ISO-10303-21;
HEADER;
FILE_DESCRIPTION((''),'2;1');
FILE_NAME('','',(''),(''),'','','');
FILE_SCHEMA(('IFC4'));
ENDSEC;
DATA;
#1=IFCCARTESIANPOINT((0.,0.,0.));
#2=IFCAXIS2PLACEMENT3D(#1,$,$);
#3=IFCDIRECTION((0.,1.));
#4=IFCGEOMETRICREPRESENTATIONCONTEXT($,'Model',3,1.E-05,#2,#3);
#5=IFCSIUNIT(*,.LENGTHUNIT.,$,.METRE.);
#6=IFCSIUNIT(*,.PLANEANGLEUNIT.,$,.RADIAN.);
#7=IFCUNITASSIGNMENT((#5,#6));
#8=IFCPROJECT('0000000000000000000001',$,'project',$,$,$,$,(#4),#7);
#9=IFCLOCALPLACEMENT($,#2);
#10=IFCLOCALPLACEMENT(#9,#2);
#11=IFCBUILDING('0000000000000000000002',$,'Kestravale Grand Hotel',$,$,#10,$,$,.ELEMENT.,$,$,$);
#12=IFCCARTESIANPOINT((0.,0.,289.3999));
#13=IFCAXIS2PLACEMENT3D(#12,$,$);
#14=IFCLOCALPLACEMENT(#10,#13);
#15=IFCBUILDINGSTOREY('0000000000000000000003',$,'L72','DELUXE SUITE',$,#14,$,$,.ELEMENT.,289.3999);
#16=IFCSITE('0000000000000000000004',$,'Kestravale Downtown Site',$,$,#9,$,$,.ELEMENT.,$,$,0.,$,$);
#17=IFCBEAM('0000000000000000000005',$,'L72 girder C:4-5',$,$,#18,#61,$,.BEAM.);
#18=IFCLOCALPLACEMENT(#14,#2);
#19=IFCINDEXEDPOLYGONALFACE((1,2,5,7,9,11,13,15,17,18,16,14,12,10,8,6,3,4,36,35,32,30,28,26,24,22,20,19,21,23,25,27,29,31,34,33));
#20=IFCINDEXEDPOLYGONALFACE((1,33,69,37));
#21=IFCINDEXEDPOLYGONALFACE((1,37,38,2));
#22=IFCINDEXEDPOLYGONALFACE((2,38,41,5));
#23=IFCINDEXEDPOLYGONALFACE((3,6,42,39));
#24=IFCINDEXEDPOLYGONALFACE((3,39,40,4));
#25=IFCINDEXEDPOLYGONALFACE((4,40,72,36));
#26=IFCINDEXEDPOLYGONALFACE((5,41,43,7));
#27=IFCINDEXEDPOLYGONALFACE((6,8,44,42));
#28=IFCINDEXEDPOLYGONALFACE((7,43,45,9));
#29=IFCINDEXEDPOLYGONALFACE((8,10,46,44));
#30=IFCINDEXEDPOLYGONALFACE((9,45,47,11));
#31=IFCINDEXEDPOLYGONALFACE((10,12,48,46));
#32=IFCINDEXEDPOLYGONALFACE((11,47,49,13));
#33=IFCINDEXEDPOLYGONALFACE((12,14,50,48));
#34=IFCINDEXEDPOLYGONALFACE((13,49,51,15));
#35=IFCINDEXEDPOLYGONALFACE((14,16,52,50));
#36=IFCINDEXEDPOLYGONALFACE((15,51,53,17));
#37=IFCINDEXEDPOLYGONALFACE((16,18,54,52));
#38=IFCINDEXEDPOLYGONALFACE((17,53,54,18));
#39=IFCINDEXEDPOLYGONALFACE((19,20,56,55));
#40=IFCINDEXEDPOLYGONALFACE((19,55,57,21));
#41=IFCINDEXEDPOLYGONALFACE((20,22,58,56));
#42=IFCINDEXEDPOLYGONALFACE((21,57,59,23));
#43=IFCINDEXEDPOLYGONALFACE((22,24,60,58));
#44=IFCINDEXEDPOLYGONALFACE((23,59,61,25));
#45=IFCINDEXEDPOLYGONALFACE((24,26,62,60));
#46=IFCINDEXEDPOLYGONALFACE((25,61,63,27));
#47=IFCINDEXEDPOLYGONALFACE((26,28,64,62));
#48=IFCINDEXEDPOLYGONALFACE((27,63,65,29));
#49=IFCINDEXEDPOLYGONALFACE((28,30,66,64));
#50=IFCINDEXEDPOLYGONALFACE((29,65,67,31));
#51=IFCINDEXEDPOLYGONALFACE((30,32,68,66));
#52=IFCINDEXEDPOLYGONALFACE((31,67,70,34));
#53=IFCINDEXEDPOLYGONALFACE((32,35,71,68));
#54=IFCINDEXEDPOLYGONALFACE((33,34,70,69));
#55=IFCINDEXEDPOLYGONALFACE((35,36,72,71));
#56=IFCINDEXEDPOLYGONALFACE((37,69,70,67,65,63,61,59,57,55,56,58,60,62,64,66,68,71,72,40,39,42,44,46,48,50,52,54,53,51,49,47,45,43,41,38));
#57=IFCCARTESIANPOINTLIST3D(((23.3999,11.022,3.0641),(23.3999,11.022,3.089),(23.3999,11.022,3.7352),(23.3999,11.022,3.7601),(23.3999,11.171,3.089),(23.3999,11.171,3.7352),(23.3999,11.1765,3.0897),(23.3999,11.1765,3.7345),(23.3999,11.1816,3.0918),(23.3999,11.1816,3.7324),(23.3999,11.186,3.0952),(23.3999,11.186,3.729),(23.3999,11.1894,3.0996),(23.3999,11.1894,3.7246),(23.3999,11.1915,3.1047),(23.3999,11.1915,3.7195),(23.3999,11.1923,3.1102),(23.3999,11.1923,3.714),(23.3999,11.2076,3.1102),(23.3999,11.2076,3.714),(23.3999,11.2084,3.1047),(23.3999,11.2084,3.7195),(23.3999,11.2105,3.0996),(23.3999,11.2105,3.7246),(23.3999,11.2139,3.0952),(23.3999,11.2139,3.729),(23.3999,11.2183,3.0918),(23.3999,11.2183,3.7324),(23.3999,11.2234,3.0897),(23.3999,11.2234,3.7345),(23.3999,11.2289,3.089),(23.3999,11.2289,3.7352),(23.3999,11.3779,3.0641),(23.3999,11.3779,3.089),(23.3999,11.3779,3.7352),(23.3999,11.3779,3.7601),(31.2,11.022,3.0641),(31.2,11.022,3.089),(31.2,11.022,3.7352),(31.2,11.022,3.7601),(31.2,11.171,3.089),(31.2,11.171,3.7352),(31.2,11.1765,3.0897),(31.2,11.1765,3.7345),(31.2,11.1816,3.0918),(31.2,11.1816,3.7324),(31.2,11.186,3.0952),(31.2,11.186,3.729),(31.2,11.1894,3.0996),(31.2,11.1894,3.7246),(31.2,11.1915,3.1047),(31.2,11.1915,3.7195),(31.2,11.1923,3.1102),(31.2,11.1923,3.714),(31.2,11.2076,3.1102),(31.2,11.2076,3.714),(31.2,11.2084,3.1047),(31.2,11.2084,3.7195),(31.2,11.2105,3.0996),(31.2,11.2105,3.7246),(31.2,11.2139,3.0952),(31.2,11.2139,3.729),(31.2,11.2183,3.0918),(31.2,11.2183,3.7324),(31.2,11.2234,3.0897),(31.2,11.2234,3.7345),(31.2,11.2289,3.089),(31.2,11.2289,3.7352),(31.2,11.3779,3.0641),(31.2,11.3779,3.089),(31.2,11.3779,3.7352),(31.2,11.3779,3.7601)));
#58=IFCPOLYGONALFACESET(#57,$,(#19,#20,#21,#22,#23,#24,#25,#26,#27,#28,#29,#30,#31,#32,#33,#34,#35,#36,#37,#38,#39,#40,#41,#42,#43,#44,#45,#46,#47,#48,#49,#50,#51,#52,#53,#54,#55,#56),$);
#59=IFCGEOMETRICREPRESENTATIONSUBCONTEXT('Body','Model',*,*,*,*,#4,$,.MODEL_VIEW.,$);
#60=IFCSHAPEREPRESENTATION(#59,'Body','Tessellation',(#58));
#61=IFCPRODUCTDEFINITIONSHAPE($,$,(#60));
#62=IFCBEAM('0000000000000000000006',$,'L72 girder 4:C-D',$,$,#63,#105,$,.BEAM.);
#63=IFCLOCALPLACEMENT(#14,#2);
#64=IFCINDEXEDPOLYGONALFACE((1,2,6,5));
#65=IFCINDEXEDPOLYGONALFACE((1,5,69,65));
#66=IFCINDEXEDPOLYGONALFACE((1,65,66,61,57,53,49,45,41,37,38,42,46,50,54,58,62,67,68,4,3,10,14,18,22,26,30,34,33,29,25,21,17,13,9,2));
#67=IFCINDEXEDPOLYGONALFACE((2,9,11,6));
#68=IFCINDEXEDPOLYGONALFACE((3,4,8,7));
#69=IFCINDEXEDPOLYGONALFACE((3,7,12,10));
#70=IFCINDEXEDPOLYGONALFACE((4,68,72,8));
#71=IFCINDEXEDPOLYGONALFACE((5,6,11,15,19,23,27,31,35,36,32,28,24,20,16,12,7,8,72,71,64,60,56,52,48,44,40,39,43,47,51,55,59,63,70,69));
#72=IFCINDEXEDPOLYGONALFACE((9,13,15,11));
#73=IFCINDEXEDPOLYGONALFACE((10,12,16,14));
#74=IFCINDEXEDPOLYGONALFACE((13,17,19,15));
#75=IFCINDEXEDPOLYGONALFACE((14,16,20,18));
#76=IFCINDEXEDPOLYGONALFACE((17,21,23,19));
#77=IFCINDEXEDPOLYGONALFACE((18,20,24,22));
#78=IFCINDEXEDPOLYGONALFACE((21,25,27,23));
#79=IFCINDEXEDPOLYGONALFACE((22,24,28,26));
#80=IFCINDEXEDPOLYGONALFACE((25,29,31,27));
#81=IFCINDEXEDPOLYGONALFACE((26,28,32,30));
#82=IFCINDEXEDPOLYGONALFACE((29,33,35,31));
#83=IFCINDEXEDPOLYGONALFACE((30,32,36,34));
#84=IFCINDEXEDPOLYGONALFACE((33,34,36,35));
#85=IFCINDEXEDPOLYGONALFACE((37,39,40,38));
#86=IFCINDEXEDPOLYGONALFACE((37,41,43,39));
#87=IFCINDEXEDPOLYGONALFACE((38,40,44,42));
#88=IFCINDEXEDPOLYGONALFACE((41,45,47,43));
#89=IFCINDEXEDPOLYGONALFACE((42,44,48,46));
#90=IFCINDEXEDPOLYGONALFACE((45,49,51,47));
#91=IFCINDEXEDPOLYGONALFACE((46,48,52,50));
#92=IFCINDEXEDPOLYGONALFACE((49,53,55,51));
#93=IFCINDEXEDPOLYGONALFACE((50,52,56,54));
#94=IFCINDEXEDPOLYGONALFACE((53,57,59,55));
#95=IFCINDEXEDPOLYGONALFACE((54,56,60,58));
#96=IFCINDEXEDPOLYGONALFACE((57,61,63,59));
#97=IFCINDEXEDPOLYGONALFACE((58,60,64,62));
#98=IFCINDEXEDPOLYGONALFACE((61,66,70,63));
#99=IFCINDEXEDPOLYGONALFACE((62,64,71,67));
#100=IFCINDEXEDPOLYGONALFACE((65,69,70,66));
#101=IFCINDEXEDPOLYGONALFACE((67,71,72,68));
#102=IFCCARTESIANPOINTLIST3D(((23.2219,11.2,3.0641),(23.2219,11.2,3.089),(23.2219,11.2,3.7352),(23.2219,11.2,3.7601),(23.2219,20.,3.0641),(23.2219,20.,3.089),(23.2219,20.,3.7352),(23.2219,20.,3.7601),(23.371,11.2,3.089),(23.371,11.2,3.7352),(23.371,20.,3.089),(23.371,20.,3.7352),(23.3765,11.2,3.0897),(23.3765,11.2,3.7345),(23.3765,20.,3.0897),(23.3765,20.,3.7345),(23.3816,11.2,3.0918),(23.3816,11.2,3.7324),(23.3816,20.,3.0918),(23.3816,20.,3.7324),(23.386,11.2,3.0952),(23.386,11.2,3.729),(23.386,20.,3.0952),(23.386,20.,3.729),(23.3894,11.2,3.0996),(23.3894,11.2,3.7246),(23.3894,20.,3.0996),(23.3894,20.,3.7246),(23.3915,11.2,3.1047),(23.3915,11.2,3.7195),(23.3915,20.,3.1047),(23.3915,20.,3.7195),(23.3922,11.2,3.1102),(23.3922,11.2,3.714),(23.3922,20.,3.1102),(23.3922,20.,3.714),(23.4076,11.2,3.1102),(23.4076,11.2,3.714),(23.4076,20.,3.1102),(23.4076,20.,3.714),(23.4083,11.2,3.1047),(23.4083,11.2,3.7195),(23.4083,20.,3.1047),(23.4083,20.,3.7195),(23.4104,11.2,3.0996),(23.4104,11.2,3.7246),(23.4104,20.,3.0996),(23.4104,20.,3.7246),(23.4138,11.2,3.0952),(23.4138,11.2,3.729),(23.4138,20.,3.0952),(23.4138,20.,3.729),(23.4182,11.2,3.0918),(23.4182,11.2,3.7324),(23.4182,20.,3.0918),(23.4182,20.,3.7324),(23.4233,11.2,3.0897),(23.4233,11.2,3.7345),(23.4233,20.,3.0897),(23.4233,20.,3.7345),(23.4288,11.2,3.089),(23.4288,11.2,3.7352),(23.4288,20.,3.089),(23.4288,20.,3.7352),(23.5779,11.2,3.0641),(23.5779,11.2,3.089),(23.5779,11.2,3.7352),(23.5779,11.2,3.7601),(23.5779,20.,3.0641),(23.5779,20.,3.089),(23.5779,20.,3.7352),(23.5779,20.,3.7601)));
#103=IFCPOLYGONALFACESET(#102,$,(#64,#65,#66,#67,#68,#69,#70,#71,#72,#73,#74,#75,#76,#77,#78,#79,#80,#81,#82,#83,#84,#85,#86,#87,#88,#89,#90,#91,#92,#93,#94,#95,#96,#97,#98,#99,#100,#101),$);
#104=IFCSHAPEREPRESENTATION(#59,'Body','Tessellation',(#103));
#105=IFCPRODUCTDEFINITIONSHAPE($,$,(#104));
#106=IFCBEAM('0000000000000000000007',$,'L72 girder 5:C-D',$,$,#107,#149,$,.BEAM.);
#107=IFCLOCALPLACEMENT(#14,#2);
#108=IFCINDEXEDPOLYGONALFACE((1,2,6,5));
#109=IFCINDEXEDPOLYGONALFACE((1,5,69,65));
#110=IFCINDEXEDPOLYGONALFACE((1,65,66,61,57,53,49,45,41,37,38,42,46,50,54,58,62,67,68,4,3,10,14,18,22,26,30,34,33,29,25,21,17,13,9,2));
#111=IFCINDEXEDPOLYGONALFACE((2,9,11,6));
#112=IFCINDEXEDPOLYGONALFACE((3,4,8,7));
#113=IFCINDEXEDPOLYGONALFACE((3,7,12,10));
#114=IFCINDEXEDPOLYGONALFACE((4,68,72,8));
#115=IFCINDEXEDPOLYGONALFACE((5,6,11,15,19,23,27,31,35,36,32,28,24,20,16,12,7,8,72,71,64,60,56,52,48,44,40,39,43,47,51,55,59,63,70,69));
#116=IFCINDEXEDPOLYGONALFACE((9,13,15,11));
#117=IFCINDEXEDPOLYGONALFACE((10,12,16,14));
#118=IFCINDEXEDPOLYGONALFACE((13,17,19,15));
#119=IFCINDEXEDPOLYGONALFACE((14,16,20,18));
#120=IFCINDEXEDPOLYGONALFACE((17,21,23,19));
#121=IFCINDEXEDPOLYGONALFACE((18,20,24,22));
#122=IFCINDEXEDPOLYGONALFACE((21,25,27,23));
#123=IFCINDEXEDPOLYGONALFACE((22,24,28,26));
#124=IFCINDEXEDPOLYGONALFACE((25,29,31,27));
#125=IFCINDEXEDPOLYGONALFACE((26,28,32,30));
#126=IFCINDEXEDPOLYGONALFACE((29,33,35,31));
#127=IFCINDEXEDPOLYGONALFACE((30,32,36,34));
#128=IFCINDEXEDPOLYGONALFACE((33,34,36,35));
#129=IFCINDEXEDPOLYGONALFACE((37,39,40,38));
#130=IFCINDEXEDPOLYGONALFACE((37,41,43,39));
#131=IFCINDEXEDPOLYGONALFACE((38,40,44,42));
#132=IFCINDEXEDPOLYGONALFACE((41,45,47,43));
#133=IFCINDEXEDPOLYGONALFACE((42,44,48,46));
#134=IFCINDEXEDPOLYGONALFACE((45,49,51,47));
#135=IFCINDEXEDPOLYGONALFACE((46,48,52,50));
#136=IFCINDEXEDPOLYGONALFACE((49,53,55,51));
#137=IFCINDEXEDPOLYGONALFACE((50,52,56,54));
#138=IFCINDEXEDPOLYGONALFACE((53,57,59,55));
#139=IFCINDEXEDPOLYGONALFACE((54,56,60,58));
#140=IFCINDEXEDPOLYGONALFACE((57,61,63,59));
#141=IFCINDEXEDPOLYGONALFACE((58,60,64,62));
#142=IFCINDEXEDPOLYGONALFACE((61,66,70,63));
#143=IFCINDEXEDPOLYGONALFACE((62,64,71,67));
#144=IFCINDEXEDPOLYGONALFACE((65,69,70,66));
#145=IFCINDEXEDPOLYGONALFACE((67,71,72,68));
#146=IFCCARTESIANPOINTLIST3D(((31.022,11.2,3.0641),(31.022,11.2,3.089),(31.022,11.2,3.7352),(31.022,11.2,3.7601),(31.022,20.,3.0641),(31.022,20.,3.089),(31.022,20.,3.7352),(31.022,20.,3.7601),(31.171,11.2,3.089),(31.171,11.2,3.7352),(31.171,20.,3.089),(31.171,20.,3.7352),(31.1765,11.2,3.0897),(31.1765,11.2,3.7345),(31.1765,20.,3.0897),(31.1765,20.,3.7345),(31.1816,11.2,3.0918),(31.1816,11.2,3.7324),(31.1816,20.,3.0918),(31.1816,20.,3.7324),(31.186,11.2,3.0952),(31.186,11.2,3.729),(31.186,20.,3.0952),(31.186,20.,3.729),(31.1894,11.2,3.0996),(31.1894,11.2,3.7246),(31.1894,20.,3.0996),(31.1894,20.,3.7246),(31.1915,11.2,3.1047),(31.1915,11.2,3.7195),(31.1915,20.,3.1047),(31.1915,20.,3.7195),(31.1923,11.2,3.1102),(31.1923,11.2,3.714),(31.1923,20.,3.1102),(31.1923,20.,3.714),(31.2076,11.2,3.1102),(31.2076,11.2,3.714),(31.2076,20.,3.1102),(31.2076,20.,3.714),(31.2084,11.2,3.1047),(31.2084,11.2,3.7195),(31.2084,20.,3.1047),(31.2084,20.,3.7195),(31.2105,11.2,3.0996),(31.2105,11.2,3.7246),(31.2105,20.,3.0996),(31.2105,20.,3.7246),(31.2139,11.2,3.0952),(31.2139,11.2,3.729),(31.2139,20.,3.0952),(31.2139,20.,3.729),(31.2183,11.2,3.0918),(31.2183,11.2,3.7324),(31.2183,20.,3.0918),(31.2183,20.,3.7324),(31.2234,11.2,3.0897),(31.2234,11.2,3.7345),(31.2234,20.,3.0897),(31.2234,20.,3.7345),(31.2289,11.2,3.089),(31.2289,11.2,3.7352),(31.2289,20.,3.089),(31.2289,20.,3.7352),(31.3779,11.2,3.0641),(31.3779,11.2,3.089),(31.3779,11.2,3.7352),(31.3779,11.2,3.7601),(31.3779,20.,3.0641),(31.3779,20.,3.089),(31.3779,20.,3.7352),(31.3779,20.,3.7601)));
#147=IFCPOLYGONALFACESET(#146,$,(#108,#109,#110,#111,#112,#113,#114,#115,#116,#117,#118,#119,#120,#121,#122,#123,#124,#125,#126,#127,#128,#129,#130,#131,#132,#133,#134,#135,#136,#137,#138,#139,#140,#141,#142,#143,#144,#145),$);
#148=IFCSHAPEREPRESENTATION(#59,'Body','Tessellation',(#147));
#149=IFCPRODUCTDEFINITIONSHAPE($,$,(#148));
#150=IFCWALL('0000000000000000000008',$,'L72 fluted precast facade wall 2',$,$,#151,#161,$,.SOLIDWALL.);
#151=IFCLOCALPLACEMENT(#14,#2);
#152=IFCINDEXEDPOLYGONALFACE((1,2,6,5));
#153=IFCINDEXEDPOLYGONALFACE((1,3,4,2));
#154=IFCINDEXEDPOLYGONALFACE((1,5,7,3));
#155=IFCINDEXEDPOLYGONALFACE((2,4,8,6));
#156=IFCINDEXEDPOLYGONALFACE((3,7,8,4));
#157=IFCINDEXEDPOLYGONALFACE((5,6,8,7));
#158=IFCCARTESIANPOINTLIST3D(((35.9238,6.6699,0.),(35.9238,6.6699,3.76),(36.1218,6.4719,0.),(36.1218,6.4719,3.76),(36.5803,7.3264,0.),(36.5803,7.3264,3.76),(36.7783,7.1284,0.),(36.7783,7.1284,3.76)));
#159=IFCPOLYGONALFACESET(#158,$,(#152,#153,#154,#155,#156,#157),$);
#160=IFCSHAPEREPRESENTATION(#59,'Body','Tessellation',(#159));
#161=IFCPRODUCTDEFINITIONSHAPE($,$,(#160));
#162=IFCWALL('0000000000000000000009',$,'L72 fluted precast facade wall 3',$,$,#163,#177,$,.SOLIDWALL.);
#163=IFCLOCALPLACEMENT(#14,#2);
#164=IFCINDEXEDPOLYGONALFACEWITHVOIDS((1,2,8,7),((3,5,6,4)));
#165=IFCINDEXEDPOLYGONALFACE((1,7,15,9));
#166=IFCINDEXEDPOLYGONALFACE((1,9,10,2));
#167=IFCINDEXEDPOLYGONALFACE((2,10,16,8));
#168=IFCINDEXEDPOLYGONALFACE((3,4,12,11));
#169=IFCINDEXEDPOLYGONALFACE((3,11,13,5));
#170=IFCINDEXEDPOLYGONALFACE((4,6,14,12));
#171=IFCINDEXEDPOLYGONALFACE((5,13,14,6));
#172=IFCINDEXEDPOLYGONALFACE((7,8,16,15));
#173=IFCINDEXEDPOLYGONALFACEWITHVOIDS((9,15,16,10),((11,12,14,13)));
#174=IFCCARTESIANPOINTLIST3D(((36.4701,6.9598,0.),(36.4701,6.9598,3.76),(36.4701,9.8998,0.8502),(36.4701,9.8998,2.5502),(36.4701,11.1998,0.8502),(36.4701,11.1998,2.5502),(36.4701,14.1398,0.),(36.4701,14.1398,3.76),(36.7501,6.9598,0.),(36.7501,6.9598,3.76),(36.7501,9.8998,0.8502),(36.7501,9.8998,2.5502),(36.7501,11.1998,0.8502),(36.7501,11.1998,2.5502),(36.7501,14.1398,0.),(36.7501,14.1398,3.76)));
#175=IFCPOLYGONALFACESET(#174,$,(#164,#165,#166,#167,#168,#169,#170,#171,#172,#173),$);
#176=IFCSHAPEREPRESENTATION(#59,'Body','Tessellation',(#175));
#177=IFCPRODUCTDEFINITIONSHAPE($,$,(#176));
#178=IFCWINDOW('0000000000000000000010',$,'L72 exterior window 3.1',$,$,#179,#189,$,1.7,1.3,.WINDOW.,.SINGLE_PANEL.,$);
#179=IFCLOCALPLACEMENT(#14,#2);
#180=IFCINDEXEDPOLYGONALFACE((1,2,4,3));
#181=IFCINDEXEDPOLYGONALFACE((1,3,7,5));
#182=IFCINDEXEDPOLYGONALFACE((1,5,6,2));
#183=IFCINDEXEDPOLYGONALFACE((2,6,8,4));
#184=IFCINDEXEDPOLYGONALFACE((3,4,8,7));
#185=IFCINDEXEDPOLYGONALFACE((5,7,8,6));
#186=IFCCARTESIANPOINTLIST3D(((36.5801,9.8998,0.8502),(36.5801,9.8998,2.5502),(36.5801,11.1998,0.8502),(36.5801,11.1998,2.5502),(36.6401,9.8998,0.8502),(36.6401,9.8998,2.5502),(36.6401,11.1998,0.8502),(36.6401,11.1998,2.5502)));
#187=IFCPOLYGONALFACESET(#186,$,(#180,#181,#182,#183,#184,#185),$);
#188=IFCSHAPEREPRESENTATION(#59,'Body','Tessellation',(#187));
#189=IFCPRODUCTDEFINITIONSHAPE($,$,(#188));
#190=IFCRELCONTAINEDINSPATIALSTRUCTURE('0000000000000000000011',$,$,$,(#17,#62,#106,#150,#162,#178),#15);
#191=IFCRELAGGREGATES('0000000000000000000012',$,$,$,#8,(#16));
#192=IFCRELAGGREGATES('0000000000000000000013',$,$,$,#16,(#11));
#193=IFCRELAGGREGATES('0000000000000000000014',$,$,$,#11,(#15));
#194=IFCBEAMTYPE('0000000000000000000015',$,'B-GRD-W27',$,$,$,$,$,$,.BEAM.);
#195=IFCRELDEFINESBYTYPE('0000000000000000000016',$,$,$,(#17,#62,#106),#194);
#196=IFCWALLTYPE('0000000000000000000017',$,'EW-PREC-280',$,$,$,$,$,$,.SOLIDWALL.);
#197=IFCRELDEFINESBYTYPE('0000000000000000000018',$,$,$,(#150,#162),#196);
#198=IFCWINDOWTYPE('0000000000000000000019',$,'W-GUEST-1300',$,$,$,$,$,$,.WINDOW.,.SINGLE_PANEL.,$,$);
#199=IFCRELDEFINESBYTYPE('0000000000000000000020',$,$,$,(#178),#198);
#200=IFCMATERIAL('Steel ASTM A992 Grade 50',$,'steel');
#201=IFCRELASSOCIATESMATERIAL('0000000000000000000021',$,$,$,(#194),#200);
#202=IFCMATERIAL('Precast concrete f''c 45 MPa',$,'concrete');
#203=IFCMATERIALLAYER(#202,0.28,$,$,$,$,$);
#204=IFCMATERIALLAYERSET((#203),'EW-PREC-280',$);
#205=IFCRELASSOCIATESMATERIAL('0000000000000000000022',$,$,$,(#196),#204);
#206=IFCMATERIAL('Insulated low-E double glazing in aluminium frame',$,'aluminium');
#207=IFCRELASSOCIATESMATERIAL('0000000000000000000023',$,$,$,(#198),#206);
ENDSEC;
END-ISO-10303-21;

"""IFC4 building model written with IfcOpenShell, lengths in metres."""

from ifc_helpers import new_model, si_unit, direction, frame, frame_2d, origin, origin_2d, place, context, subcontext, project, spatial, rectangle, i_section, extrude, material, layer, layer_set, material_profile, profile_set, type_object, element, fill, save


model = new_model("IFC4")

# Units and contexts
model_context = context("Model", 3, precision=1e-05, world=origin(), true_north=direction((0.0, 1.0)))
body_context = subcontext(model_context, "Body", "Model", "MODEL_VIEW")
ifc_project = project(units=[si_unit("LENGTHUNIT", "METRE"), si_unit("PLANEANGLEUNIT", "RADIAN")], contexts=[model_context])

# Site, building, storey
site_placement = place(None, origin())
site = spatial("IfcSite", under=ifc_project, at=site_placement, Name="Kestravale Downtown Site", CompositionType="ELEMENT", RefElevation=0.0)
building_placement = place(site_placement, origin())
building = spatial("IfcBuilding", under=site, at=building_placement, Name="Kestravale Grand Hotel", CompositionType="ELEMENT")
storey_placement = place(building_placement, frame((0.0, 0.0, 289.3999)))
storey = spatial("IfcBuildingStorey", under=building, at=storey_placement, Name="L72", Description="DELUXE SUITE", CompositionType="ELEMENT", Elevation=289.3999)

# Beams
ifc_material_1 = material(Name="Steel ASTM A992 Grade 50", Category="steel")
ifc_material_profile_1 = material_profile(ifc_material_1, i_section(OverallWidth=0.356, OverallDepth=0.696, WebThickness=0.0154, FlangeThickness=0.0249, FilletRadius=0.0212, at=origin_2d()))
ifc_profile_set_1 = profile_set([ifc_material_profile_1], Name="Steel ASTM A992 Grade 50")
beam_type_1 = type_object("IfcBeamType", Name="B-GRD-W27", PredefinedType="BEAM", material=ifc_profile_set_1)
beam_1_placement = place(storey_placement, frame((23.3999, 11.2, 3.4121), z_axis=(1.0, 0.0, 0.0), x_axis=(0.0, 1.0, 0.0)))
element("IfcBeam", 1, at=beam_1_placement, inside=storey, type_object=beam_type_1, Name="L72 girder C:4-5", PredefinedType="BEAM", context=body_context, shape_type="SweptSolid", body=[
    extrude(i_section(OverallWidth=0.356, OverallDepth=0.696, WebThickness=0.0154, FlangeThickness=0.0249, FilletRadius=0.0212, at=origin_2d()), origin(), (0.0, 0.0, 1.0), 7.8),
])
for number, where, z_axis, x_axis, name in (
    (2, (23.3999, 11.2, 3.4121), (0.0, 1.0, 0.0), (-1.0, 0.0, 0.0), "L72 girder 4:C-D"),
    (3, (31.2, 11.2, 3.4121), (0.0, 1.0, 0.0), (-1.0, 0.0, 0.0), "L72 girder 5:C-D"),
):
    element("IfcBeam", number, at=place(storey_placement, frame(where, z_axis=z_axis, x_axis=x_axis)), inside=storey, type_object=beam_type_1, Name=name, PredefinedType="BEAM", context=body_context, shape_type="SweptSolid", body=[
        extrude(i_section(OverallWidth=0.356, OverallDepth=0.696, WebThickness=0.0154, FlangeThickness=0.0249, FilletRadius=0.0212, at=origin_2d()), origin(), (0.0, 0.0, 1.0), 8.8),
    ])

# Wall
ifc_material_2 = material(Name="Precast concrete f'c 45 MPa", Category="concrete")
ifc_layer_1 = layer(ifc_material_2, 0.28)
ifc_layer_set_1 = layer_set([ifc_layer_1], Name="EW-PREC-280")
wall_type_1 = type_object("IfcWallType", Name="EW-PREC-280", PredefinedType="SOLIDWALL", material=ifc_layer_set_1)
wall_1_placement = place(storey_placement, frame((36.0227, 6.5708, 0.0), z_axis=(0.0, 0.0, 1.0), x_axis=(0.707107, 0.707107, 0.0)))
element("IfcWall", 4, at=wall_1_placement, inside=storey, type_object=wall_type_1, Name="L72 fluted precast facade wall 2", PredefinedType="SOLIDWALL", context=body_context, shape_type="SweptSolid", body=[
    extrude(rectangle(XDim=0.9285, YDim=0.28, at=frame_2d((0.4644, 0.0))), origin(), (0.0, 0.0, 1.0), 3.76),
])

# Wall, opening, window
wall_2_placement = place(storey_placement, frame((36.6101, 6.96, 0.0), z_axis=(0.0, 0.0, 1.0), x_axis=(0.0, 1.0, 0.0)))
wall_2 = element("IfcWall", 5, at=wall_2_placement, inside=storey, type_object=wall_type_1, Name="L72 fluted precast facade wall 3", PredefinedType="SOLIDWALL", context=body_context, shape_type="SweptSolid", body=[
    extrude(rectangle(XDim=7.1799, YDim=0.28, at=frame_2d((3.5898, 0.0))), origin(), (0.0, 0.0, 1.0), 3.76),
])
opening_placement = place(wall_2_placement, frame((2.9399, 0.0, 0.8501)))
opening = element("IfcOpeningElement", 6, at=opening_placement, cuts=wall_2, PredefinedType="OPENING", context=body_context, shape_type="SweptSolid", body=[
    extrude(rectangle(XDim=1.3, YDim=1.7, at=frame_2d((0.6499, 0.8501))), frame((0.0, 0.1499, 0.0), z_axis=(0.0, -1.0, 0.0), x_axis=(1.0, 0.0, 0.0)), (0.0, 0.0, 1.0), 0.3),
])
ifc_material_3 = material(Name="Insulated low-E double glazing in aluminium frame", Category="aluminium")
window_type = type_object("IfcWindowType", Name="W-GUEST-1300", PartitioningType="SINGLE_PANEL", PredefinedType="WINDOW", material=ifc_material_3)
window_placement = place(opening_placement, origin())
window = element("IfcWindow", 7, at=window_placement, inside=storey, type_object=window_type, Name="L72 exterior window 3.1", OverallHeight=1.7, OverallWidth=1.3, PartitioningType="SINGLE_PANEL", PredefinedType="WINDOW", context=body_context, shape_type="SweptSolid", body=[
    extrude(rectangle(XDim=1.3, YDim=1.7, at=frame_2d((0.6499, 0.8501))), frame((0.0, 0.03, 0.0), z_axis=(0.0, -1.0, 0.0), x_axis=(1.0, 0.0, 0.0)), (0.0, 0.0, 1.0), 0.0601),
])
fill(opening, window)

save(model, "model.ifc")
